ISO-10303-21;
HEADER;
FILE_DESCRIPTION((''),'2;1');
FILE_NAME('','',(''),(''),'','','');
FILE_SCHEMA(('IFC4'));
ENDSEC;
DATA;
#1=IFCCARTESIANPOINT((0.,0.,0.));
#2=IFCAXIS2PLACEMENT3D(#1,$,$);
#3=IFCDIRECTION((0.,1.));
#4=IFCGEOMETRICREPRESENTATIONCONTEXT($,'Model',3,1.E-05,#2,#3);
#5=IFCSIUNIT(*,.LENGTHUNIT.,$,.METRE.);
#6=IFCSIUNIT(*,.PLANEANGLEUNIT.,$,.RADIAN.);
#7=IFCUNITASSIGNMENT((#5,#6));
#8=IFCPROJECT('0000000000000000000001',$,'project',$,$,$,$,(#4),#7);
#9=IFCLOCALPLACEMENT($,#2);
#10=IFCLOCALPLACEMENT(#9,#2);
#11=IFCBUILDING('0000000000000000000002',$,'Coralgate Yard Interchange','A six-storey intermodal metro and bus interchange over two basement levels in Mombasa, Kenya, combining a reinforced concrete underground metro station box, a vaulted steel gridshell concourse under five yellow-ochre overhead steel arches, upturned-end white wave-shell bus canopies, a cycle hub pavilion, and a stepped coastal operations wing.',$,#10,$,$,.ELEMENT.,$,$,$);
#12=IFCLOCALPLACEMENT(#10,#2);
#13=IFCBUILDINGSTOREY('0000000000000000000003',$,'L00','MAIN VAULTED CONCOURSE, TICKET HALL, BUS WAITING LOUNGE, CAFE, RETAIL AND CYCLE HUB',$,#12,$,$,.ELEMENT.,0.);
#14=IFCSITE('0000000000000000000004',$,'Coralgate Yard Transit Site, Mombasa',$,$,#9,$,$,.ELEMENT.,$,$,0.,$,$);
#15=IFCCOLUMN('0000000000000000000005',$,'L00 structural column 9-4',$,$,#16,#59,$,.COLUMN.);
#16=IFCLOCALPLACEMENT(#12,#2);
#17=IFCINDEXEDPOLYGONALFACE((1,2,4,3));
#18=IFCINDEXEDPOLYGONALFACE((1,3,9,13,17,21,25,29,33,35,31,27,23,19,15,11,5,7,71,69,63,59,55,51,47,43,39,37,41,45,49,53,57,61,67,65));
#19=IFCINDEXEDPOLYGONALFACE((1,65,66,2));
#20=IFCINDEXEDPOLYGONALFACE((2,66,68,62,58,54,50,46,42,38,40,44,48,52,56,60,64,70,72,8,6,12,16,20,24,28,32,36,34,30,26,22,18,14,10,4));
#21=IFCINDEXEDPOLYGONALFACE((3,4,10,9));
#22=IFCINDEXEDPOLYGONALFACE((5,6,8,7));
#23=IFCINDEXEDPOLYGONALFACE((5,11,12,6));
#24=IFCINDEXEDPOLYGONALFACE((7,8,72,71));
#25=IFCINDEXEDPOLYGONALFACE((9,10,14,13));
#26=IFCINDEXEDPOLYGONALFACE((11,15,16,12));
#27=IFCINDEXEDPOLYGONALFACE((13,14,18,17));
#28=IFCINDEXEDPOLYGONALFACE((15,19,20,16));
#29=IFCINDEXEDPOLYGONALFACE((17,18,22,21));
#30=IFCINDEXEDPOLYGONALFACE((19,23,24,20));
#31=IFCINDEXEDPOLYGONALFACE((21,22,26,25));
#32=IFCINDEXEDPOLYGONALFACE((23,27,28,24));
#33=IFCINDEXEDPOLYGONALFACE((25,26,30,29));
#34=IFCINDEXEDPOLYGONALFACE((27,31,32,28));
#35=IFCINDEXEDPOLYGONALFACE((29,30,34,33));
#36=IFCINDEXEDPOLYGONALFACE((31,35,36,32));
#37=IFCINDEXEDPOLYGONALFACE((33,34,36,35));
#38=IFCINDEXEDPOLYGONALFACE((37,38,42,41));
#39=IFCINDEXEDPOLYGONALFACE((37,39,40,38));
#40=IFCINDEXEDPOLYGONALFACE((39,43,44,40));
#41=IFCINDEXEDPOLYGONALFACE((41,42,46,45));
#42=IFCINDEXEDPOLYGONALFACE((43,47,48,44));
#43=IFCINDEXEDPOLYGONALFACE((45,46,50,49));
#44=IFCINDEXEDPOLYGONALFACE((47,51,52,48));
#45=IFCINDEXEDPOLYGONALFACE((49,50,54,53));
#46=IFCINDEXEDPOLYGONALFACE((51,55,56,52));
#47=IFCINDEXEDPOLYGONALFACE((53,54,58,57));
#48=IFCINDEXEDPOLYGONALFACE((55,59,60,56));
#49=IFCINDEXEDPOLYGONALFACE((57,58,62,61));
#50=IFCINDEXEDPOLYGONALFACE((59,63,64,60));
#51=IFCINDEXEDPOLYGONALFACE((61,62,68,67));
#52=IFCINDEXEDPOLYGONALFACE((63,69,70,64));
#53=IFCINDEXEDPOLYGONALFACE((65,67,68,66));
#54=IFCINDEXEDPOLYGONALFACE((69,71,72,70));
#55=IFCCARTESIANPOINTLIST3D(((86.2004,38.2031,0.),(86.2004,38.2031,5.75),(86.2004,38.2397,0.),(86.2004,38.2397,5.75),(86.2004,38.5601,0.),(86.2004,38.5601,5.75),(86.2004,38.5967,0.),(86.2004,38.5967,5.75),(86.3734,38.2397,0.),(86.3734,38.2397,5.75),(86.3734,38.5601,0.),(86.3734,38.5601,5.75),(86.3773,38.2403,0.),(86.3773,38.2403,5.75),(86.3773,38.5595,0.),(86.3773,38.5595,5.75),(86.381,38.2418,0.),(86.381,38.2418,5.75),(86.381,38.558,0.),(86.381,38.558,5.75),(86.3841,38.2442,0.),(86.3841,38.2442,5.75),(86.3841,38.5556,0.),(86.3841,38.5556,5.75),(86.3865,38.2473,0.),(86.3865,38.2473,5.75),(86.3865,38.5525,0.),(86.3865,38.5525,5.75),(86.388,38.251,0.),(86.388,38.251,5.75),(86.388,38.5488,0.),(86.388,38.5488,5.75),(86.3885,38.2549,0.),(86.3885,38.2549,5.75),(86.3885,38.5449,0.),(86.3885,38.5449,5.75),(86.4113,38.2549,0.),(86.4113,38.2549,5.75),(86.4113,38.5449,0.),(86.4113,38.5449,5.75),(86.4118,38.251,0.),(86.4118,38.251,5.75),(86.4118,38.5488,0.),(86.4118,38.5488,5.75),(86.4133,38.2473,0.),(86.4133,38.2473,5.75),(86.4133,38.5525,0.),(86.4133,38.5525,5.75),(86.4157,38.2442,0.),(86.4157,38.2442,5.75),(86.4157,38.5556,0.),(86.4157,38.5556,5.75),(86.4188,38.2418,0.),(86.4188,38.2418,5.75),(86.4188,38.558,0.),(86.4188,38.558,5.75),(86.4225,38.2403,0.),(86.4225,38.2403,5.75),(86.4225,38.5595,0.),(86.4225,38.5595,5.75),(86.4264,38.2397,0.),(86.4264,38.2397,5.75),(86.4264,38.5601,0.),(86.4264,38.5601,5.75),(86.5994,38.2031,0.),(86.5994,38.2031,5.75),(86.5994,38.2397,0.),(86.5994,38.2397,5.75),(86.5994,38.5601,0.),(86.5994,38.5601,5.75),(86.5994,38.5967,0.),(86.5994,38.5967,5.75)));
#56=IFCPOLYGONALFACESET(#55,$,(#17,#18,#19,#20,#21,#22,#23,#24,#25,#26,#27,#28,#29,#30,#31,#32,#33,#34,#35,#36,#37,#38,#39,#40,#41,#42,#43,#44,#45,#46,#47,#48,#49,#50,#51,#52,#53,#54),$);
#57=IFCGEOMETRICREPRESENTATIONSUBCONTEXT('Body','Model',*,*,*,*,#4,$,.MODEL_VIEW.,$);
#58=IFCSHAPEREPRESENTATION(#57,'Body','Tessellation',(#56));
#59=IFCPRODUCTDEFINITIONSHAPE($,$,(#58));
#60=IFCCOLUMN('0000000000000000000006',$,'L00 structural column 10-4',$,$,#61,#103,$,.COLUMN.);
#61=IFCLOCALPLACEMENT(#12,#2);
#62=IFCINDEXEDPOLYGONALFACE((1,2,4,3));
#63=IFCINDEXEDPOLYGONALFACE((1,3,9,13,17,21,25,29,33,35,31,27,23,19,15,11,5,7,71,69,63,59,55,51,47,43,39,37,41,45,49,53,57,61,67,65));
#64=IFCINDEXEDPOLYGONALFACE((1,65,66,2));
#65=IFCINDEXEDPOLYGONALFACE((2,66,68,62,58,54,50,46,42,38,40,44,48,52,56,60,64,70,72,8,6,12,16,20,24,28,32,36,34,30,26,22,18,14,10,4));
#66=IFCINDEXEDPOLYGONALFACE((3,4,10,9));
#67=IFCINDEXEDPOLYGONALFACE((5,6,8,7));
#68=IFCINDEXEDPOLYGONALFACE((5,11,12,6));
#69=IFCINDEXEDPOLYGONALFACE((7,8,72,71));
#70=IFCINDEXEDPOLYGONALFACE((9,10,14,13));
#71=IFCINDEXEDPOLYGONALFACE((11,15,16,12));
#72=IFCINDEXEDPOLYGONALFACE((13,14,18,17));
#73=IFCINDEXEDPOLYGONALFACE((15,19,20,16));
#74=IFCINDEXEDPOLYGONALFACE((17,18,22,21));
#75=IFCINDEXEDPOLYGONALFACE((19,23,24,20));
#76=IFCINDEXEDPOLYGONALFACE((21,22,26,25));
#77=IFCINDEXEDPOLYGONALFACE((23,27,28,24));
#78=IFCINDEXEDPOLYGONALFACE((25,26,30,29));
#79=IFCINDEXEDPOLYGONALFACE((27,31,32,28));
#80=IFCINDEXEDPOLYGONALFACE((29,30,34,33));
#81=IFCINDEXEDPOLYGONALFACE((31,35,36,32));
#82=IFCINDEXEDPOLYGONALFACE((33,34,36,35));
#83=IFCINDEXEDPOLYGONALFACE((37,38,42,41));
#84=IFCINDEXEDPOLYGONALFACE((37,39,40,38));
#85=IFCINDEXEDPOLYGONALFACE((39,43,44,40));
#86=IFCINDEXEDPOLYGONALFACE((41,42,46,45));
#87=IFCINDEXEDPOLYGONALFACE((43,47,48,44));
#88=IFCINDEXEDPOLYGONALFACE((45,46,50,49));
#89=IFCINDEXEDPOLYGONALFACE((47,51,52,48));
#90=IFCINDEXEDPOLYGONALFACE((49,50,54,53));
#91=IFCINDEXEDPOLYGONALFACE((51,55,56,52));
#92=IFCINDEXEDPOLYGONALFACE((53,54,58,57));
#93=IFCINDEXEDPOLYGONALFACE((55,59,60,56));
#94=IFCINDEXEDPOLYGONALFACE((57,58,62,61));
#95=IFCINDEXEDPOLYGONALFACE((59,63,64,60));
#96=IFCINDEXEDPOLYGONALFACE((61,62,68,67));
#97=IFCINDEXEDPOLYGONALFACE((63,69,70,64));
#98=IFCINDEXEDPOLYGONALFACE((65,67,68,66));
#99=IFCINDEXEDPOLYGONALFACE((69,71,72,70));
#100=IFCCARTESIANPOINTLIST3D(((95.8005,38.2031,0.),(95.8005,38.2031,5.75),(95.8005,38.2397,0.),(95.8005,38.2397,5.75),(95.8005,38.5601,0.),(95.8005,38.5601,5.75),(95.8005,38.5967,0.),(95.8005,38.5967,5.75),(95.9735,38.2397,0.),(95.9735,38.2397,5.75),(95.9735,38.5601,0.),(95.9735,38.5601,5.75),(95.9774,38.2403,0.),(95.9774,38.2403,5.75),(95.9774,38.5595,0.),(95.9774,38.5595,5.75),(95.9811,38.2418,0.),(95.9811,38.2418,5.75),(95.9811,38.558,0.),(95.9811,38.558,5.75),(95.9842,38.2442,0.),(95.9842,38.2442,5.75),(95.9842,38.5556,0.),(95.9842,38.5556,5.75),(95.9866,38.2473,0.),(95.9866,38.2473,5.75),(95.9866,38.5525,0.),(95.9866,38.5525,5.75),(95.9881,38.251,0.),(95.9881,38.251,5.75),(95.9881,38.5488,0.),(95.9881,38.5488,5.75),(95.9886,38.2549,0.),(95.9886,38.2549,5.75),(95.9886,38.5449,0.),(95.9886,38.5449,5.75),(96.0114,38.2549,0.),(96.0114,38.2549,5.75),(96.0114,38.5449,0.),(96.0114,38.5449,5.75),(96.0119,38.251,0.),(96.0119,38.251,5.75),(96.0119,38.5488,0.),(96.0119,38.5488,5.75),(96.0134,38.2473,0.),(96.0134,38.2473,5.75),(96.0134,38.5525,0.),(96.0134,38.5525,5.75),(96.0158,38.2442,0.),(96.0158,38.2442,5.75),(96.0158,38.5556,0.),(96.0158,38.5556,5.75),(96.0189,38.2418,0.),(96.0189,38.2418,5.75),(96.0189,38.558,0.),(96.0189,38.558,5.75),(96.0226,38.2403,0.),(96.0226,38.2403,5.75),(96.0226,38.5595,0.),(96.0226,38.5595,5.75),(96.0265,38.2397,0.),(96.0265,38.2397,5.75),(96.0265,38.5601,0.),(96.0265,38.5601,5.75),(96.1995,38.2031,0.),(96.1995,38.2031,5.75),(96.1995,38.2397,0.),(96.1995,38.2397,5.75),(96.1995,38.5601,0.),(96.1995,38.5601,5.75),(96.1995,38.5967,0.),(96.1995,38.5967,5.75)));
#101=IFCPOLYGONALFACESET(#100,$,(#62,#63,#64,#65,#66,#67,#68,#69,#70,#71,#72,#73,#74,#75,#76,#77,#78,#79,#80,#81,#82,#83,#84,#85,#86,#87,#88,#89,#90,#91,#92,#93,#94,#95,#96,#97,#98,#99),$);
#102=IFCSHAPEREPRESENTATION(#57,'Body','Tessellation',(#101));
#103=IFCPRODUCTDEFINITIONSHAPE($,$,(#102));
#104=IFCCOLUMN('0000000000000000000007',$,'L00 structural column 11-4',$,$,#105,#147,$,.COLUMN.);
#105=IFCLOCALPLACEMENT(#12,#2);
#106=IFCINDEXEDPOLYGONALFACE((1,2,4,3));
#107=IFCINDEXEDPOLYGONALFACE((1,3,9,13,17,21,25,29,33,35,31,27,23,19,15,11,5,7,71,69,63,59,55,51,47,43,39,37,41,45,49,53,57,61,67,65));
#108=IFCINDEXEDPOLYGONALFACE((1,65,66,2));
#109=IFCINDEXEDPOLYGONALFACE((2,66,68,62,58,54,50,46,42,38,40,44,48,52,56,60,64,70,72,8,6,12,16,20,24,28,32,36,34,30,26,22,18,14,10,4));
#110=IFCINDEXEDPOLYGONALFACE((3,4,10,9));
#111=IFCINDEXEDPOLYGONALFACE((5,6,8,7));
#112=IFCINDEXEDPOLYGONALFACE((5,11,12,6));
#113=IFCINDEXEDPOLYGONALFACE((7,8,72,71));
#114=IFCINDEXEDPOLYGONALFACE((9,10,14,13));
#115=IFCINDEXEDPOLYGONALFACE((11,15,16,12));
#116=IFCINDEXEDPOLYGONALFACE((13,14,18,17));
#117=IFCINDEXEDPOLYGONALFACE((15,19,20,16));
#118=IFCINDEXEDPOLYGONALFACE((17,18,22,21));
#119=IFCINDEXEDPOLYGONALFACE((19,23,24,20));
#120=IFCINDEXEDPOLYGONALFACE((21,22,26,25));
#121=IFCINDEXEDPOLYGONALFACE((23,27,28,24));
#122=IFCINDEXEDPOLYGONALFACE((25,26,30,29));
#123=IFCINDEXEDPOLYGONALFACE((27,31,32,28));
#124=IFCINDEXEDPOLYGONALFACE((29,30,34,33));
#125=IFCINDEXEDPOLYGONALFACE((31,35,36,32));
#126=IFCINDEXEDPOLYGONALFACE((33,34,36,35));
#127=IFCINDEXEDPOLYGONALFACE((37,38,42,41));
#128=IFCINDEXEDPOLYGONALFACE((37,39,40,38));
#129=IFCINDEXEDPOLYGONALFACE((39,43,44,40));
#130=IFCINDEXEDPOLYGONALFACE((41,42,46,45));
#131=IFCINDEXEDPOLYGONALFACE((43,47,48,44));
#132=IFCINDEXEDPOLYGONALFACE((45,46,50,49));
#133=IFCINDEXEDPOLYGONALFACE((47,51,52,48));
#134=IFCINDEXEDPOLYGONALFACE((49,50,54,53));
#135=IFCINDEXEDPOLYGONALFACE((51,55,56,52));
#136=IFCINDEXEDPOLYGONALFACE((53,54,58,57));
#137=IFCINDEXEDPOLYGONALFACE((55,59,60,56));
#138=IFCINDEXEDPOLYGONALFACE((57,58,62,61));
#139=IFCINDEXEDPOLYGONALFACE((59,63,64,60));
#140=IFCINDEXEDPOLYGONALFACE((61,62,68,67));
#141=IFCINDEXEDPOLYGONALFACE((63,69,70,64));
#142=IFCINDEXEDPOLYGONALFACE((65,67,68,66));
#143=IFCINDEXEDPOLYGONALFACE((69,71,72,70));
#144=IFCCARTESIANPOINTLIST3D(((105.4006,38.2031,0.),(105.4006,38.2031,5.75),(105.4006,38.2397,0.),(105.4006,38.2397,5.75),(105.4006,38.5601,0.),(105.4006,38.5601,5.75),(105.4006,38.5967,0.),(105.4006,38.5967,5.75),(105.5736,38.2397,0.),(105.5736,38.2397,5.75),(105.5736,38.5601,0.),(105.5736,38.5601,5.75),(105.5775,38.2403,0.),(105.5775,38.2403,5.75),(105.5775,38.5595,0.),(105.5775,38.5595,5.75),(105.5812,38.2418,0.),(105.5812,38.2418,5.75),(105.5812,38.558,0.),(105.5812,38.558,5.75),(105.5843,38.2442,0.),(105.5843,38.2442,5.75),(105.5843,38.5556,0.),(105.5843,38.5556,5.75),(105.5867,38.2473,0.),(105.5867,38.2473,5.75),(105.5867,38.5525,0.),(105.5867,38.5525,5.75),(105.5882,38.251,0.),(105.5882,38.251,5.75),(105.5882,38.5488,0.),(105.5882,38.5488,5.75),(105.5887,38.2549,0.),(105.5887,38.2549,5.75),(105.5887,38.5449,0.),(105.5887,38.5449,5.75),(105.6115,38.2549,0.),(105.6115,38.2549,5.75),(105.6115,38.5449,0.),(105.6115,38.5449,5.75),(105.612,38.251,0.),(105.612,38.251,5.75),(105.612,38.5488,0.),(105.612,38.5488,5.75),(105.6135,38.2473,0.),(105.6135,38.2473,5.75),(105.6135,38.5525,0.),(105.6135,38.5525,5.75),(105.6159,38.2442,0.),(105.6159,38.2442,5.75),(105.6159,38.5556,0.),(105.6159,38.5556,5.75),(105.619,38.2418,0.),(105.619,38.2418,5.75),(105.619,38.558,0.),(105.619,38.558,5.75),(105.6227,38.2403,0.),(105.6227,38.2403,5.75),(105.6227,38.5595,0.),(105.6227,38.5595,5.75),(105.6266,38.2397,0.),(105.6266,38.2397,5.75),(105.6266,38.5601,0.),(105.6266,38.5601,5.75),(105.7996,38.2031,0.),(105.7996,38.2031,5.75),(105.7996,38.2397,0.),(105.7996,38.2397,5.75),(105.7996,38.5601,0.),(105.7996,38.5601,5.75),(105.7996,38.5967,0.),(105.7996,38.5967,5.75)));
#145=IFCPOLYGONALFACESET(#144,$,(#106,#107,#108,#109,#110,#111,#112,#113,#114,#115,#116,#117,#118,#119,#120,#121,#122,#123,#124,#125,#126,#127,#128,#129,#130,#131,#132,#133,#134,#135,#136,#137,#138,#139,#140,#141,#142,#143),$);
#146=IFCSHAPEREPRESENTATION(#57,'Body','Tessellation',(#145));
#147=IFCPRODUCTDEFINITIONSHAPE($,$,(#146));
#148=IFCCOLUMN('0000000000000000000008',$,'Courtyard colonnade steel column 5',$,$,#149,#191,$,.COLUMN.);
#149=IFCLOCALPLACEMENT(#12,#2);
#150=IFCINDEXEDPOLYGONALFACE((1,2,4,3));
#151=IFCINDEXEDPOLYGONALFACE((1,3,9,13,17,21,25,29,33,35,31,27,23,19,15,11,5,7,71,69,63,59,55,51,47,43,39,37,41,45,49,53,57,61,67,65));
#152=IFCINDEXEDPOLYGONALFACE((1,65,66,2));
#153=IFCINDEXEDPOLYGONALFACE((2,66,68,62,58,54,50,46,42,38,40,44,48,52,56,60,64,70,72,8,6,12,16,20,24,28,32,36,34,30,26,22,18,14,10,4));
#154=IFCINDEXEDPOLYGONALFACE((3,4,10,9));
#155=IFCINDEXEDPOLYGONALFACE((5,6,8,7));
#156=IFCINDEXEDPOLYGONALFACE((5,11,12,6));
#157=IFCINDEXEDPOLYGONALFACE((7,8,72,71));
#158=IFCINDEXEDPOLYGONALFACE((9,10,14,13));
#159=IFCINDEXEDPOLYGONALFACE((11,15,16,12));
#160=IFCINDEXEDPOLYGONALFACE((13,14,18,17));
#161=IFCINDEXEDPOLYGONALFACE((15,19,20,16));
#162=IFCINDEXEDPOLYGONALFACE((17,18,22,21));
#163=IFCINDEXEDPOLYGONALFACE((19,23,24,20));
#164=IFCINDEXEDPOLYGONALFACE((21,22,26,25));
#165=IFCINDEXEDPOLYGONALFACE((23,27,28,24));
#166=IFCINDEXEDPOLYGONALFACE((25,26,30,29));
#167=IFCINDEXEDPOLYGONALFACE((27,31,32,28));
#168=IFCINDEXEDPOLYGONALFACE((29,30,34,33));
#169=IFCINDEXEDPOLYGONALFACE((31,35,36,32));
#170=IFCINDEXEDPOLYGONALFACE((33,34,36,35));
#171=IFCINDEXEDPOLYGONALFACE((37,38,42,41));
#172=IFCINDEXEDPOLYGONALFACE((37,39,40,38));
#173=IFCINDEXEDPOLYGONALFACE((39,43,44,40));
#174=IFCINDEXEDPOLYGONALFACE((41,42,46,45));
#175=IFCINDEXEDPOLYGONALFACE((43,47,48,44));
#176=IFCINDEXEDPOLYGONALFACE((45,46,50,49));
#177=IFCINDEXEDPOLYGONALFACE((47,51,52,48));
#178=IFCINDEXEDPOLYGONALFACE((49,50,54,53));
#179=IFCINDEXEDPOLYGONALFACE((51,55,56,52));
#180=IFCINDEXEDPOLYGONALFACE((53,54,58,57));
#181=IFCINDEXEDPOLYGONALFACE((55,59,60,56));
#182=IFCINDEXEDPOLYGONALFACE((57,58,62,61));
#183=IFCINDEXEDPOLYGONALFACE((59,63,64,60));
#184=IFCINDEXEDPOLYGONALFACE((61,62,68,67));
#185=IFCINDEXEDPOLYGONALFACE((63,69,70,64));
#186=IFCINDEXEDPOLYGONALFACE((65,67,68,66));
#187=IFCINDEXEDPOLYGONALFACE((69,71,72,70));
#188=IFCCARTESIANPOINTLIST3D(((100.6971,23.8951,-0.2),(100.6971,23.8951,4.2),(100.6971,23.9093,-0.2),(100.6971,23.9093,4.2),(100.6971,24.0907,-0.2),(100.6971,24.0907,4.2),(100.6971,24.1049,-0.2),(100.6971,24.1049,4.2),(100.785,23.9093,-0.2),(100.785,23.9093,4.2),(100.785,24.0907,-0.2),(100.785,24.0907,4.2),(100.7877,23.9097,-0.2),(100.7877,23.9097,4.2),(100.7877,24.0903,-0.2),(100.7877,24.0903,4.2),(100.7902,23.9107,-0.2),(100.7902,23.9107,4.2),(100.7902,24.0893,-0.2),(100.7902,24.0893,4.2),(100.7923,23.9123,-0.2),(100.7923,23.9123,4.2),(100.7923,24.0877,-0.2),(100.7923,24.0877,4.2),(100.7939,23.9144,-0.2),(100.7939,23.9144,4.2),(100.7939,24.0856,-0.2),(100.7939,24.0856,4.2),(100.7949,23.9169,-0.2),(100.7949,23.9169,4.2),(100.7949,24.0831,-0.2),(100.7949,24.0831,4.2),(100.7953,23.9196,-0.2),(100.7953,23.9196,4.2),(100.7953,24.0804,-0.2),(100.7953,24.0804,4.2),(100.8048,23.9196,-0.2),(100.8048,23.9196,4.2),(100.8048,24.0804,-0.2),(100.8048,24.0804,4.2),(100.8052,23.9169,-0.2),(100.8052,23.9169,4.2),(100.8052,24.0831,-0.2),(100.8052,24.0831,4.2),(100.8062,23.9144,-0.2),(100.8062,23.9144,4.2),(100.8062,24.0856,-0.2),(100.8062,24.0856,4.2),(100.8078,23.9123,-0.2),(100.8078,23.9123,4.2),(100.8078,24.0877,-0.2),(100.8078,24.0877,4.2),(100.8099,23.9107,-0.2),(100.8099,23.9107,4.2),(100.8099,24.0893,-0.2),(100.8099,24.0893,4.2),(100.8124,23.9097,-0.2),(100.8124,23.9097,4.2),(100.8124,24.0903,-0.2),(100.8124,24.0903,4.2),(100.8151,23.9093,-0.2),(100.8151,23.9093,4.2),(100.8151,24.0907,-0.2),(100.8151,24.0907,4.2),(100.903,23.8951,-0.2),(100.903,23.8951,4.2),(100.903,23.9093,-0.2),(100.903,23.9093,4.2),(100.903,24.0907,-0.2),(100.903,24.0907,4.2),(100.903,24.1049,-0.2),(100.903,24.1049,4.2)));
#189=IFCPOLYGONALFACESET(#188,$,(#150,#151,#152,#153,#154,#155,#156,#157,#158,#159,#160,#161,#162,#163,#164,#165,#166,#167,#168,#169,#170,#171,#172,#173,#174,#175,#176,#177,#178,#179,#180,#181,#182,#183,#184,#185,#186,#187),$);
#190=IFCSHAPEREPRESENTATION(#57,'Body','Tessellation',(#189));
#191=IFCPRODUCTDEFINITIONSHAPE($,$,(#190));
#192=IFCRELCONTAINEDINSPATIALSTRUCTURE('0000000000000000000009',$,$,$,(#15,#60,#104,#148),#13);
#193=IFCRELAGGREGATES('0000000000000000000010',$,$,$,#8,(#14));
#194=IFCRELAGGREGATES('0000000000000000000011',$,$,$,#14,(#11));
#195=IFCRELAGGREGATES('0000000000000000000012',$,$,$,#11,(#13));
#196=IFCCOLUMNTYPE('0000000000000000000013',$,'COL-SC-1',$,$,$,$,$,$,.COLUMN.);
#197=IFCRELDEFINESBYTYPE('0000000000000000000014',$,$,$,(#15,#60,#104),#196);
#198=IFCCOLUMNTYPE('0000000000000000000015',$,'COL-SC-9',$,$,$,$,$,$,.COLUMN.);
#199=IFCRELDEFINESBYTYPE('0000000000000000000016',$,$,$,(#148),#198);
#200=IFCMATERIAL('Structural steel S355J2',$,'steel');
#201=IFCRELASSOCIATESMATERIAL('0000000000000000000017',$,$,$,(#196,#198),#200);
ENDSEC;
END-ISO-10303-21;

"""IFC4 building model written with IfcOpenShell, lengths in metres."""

from ifc_helpers import new_model, si_unit, direction, frame, origin, origin_2d, place, context, subcontext, project, spatial, i_section, extrude, material, material_profile, profile_set, type_object, element, save


model = new_model("IFC4")

# Units and contexts
model_context = context("Model", 3, precision=1e-05, world=origin(), true_north=direction((0.0, 1.0)))
body_context = subcontext(model_context, "Body", "Model", "MODEL_VIEW")
ifc_project = project(units=[si_unit("LENGTHUNIT", "METRE"), si_unit("PLANEANGLEUNIT", "RADIAN")], contexts=[model_context])

# Site, building, storey
site_placement = place(None, origin())
site = spatial("IfcSite", under=ifc_project, at=site_placement, Name="Coralgate Yard Transit Site, Mombasa", CompositionType="ELEMENT", RefElevation=0.0)
building_placement = place(site_placement, origin())
building = spatial("IfcBuilding", under=site, at=building_placement, Name="Coralgate Yard Interchange", Description="A six-storey intermodal metro and bus interchange over two basement levels in Mombasa, Kenya, combining a reinforced concrete underground metro station box, a vaulted steel gridshell concourse under five yellow-ochre overhead steel arches, upturned-end white wave-shell bus canopies, a cycle hub pavilion, and a stepped coastal operations wing.", CompositionType="ELEMENT")
storey_placement = place(building_placement, origin())
storey = spatial("IfcBuildingStorey", under=building, at=storey_placement, Name="L00", Description="MAIN VAULTED CONCOURSE, TICKET HALL, BUS WAITING LOUNGE, CAFE, RETAIL AND CYCLE HUB", CompositionType="ELEMENT", Elevation=0.0)

# Columns
ifc_material_1 = material(Name="Structural steel S355J2", Category="steel")
ifc_material_profile_1 = material_profile(ifc_material_1, i_section(OverallWidth=0.3989, OverallDepth=0.3936, WebThickness=0.0227, FlangeThickness=0.0366, FilletRadius=0.0151, at=origin_2d()), Name="UC 356x406x287")
ifc_profile_set_1 = profile_set([ifc_material_profile_1], Name="Structural steel S355J2")
column_type_1 = type_object("IfcColumnType", Name="COL-SC-1", PredefinedType="COLUMN", material=ifc_profile_set_1)
for number, where, z_axis, x_axis, name in (
    (1, (86.3999, 38.3999, 0.0), (0.0, 0.0, 1.0), (1.0, 0.0, 0.0), "L00 structural column 9-4"),
    (2, (96.0, 38.3999, 0.0), (0.0, 0.0, 1.0), (1.0, 0.0, 0.0), "L00 structural column 10-4"),
    (3, (105.6001, 38.3999, 0.0), (0.0, 0.0, 1.0), (1.0, 0.0, 0.0), "L00 structural column 11-4"),
):
    element("IfcColumn", number, at=place(storey_placement, frame(where, z_axis=z_axis, x_axis=x_axis)), inside=storey, type_object=column_type_1, Name=name, PredefinedType="COLUMN", context=body_context, shape_type="SweptSolid", body=[
        extrude(i_section(OverallWidth=0.3989, OverallDepth=0.3936, WebThickness=0.0227, FlangeThickness=0.0366, FilletRadius=0.0151, at=origin_2d()), origin(), (0.0, 0.0, 1.0), 5.75),
    ])
ifc_material_profile_2 = material_profile(ifc_material_1, i_section(OverallWidth=0.2058, OverallDepth=0.2097, WebThickness=0.0095, FlangeThickness=0.0142, FilletRadius=0.0103, at=origin_2d()), Name="UC 203x203x60")
ifc_profile_set_2 = profile_set([ifc_material_profile_2], Name="Structural steel S355J2")
column_type_2 = type_object("IfcColumnType", Name="COL-SC-9", PredefinedType="COLUMN", material=ifc_profile_set_2)
column_placement = place(storey_placement, frame((100.8, 24.0, -0.2), z_axis=(0.0, 0.0, 1.0), x_axis=(1.0, 0.0, 0.0)))
element("IfcColumn", 4, at=column_placement, inside=storey, type_object=column_type_2, Name="Courtyard colonnade steel column 5", PredefinedType="COLUMN", context=body_context, shape_type="SweptSolid", body=[
    extrude(i_section(OverallWidth=0.2058, OverallDepth=0.2097, WebThickness=0.0095, FlangeThickness=0.0142, FilletRadius=0.0103, at=origin_2d()), origin(), (0.0, 0.0, 1.0), 4.3999),
])

save(model, "model.ifc")
